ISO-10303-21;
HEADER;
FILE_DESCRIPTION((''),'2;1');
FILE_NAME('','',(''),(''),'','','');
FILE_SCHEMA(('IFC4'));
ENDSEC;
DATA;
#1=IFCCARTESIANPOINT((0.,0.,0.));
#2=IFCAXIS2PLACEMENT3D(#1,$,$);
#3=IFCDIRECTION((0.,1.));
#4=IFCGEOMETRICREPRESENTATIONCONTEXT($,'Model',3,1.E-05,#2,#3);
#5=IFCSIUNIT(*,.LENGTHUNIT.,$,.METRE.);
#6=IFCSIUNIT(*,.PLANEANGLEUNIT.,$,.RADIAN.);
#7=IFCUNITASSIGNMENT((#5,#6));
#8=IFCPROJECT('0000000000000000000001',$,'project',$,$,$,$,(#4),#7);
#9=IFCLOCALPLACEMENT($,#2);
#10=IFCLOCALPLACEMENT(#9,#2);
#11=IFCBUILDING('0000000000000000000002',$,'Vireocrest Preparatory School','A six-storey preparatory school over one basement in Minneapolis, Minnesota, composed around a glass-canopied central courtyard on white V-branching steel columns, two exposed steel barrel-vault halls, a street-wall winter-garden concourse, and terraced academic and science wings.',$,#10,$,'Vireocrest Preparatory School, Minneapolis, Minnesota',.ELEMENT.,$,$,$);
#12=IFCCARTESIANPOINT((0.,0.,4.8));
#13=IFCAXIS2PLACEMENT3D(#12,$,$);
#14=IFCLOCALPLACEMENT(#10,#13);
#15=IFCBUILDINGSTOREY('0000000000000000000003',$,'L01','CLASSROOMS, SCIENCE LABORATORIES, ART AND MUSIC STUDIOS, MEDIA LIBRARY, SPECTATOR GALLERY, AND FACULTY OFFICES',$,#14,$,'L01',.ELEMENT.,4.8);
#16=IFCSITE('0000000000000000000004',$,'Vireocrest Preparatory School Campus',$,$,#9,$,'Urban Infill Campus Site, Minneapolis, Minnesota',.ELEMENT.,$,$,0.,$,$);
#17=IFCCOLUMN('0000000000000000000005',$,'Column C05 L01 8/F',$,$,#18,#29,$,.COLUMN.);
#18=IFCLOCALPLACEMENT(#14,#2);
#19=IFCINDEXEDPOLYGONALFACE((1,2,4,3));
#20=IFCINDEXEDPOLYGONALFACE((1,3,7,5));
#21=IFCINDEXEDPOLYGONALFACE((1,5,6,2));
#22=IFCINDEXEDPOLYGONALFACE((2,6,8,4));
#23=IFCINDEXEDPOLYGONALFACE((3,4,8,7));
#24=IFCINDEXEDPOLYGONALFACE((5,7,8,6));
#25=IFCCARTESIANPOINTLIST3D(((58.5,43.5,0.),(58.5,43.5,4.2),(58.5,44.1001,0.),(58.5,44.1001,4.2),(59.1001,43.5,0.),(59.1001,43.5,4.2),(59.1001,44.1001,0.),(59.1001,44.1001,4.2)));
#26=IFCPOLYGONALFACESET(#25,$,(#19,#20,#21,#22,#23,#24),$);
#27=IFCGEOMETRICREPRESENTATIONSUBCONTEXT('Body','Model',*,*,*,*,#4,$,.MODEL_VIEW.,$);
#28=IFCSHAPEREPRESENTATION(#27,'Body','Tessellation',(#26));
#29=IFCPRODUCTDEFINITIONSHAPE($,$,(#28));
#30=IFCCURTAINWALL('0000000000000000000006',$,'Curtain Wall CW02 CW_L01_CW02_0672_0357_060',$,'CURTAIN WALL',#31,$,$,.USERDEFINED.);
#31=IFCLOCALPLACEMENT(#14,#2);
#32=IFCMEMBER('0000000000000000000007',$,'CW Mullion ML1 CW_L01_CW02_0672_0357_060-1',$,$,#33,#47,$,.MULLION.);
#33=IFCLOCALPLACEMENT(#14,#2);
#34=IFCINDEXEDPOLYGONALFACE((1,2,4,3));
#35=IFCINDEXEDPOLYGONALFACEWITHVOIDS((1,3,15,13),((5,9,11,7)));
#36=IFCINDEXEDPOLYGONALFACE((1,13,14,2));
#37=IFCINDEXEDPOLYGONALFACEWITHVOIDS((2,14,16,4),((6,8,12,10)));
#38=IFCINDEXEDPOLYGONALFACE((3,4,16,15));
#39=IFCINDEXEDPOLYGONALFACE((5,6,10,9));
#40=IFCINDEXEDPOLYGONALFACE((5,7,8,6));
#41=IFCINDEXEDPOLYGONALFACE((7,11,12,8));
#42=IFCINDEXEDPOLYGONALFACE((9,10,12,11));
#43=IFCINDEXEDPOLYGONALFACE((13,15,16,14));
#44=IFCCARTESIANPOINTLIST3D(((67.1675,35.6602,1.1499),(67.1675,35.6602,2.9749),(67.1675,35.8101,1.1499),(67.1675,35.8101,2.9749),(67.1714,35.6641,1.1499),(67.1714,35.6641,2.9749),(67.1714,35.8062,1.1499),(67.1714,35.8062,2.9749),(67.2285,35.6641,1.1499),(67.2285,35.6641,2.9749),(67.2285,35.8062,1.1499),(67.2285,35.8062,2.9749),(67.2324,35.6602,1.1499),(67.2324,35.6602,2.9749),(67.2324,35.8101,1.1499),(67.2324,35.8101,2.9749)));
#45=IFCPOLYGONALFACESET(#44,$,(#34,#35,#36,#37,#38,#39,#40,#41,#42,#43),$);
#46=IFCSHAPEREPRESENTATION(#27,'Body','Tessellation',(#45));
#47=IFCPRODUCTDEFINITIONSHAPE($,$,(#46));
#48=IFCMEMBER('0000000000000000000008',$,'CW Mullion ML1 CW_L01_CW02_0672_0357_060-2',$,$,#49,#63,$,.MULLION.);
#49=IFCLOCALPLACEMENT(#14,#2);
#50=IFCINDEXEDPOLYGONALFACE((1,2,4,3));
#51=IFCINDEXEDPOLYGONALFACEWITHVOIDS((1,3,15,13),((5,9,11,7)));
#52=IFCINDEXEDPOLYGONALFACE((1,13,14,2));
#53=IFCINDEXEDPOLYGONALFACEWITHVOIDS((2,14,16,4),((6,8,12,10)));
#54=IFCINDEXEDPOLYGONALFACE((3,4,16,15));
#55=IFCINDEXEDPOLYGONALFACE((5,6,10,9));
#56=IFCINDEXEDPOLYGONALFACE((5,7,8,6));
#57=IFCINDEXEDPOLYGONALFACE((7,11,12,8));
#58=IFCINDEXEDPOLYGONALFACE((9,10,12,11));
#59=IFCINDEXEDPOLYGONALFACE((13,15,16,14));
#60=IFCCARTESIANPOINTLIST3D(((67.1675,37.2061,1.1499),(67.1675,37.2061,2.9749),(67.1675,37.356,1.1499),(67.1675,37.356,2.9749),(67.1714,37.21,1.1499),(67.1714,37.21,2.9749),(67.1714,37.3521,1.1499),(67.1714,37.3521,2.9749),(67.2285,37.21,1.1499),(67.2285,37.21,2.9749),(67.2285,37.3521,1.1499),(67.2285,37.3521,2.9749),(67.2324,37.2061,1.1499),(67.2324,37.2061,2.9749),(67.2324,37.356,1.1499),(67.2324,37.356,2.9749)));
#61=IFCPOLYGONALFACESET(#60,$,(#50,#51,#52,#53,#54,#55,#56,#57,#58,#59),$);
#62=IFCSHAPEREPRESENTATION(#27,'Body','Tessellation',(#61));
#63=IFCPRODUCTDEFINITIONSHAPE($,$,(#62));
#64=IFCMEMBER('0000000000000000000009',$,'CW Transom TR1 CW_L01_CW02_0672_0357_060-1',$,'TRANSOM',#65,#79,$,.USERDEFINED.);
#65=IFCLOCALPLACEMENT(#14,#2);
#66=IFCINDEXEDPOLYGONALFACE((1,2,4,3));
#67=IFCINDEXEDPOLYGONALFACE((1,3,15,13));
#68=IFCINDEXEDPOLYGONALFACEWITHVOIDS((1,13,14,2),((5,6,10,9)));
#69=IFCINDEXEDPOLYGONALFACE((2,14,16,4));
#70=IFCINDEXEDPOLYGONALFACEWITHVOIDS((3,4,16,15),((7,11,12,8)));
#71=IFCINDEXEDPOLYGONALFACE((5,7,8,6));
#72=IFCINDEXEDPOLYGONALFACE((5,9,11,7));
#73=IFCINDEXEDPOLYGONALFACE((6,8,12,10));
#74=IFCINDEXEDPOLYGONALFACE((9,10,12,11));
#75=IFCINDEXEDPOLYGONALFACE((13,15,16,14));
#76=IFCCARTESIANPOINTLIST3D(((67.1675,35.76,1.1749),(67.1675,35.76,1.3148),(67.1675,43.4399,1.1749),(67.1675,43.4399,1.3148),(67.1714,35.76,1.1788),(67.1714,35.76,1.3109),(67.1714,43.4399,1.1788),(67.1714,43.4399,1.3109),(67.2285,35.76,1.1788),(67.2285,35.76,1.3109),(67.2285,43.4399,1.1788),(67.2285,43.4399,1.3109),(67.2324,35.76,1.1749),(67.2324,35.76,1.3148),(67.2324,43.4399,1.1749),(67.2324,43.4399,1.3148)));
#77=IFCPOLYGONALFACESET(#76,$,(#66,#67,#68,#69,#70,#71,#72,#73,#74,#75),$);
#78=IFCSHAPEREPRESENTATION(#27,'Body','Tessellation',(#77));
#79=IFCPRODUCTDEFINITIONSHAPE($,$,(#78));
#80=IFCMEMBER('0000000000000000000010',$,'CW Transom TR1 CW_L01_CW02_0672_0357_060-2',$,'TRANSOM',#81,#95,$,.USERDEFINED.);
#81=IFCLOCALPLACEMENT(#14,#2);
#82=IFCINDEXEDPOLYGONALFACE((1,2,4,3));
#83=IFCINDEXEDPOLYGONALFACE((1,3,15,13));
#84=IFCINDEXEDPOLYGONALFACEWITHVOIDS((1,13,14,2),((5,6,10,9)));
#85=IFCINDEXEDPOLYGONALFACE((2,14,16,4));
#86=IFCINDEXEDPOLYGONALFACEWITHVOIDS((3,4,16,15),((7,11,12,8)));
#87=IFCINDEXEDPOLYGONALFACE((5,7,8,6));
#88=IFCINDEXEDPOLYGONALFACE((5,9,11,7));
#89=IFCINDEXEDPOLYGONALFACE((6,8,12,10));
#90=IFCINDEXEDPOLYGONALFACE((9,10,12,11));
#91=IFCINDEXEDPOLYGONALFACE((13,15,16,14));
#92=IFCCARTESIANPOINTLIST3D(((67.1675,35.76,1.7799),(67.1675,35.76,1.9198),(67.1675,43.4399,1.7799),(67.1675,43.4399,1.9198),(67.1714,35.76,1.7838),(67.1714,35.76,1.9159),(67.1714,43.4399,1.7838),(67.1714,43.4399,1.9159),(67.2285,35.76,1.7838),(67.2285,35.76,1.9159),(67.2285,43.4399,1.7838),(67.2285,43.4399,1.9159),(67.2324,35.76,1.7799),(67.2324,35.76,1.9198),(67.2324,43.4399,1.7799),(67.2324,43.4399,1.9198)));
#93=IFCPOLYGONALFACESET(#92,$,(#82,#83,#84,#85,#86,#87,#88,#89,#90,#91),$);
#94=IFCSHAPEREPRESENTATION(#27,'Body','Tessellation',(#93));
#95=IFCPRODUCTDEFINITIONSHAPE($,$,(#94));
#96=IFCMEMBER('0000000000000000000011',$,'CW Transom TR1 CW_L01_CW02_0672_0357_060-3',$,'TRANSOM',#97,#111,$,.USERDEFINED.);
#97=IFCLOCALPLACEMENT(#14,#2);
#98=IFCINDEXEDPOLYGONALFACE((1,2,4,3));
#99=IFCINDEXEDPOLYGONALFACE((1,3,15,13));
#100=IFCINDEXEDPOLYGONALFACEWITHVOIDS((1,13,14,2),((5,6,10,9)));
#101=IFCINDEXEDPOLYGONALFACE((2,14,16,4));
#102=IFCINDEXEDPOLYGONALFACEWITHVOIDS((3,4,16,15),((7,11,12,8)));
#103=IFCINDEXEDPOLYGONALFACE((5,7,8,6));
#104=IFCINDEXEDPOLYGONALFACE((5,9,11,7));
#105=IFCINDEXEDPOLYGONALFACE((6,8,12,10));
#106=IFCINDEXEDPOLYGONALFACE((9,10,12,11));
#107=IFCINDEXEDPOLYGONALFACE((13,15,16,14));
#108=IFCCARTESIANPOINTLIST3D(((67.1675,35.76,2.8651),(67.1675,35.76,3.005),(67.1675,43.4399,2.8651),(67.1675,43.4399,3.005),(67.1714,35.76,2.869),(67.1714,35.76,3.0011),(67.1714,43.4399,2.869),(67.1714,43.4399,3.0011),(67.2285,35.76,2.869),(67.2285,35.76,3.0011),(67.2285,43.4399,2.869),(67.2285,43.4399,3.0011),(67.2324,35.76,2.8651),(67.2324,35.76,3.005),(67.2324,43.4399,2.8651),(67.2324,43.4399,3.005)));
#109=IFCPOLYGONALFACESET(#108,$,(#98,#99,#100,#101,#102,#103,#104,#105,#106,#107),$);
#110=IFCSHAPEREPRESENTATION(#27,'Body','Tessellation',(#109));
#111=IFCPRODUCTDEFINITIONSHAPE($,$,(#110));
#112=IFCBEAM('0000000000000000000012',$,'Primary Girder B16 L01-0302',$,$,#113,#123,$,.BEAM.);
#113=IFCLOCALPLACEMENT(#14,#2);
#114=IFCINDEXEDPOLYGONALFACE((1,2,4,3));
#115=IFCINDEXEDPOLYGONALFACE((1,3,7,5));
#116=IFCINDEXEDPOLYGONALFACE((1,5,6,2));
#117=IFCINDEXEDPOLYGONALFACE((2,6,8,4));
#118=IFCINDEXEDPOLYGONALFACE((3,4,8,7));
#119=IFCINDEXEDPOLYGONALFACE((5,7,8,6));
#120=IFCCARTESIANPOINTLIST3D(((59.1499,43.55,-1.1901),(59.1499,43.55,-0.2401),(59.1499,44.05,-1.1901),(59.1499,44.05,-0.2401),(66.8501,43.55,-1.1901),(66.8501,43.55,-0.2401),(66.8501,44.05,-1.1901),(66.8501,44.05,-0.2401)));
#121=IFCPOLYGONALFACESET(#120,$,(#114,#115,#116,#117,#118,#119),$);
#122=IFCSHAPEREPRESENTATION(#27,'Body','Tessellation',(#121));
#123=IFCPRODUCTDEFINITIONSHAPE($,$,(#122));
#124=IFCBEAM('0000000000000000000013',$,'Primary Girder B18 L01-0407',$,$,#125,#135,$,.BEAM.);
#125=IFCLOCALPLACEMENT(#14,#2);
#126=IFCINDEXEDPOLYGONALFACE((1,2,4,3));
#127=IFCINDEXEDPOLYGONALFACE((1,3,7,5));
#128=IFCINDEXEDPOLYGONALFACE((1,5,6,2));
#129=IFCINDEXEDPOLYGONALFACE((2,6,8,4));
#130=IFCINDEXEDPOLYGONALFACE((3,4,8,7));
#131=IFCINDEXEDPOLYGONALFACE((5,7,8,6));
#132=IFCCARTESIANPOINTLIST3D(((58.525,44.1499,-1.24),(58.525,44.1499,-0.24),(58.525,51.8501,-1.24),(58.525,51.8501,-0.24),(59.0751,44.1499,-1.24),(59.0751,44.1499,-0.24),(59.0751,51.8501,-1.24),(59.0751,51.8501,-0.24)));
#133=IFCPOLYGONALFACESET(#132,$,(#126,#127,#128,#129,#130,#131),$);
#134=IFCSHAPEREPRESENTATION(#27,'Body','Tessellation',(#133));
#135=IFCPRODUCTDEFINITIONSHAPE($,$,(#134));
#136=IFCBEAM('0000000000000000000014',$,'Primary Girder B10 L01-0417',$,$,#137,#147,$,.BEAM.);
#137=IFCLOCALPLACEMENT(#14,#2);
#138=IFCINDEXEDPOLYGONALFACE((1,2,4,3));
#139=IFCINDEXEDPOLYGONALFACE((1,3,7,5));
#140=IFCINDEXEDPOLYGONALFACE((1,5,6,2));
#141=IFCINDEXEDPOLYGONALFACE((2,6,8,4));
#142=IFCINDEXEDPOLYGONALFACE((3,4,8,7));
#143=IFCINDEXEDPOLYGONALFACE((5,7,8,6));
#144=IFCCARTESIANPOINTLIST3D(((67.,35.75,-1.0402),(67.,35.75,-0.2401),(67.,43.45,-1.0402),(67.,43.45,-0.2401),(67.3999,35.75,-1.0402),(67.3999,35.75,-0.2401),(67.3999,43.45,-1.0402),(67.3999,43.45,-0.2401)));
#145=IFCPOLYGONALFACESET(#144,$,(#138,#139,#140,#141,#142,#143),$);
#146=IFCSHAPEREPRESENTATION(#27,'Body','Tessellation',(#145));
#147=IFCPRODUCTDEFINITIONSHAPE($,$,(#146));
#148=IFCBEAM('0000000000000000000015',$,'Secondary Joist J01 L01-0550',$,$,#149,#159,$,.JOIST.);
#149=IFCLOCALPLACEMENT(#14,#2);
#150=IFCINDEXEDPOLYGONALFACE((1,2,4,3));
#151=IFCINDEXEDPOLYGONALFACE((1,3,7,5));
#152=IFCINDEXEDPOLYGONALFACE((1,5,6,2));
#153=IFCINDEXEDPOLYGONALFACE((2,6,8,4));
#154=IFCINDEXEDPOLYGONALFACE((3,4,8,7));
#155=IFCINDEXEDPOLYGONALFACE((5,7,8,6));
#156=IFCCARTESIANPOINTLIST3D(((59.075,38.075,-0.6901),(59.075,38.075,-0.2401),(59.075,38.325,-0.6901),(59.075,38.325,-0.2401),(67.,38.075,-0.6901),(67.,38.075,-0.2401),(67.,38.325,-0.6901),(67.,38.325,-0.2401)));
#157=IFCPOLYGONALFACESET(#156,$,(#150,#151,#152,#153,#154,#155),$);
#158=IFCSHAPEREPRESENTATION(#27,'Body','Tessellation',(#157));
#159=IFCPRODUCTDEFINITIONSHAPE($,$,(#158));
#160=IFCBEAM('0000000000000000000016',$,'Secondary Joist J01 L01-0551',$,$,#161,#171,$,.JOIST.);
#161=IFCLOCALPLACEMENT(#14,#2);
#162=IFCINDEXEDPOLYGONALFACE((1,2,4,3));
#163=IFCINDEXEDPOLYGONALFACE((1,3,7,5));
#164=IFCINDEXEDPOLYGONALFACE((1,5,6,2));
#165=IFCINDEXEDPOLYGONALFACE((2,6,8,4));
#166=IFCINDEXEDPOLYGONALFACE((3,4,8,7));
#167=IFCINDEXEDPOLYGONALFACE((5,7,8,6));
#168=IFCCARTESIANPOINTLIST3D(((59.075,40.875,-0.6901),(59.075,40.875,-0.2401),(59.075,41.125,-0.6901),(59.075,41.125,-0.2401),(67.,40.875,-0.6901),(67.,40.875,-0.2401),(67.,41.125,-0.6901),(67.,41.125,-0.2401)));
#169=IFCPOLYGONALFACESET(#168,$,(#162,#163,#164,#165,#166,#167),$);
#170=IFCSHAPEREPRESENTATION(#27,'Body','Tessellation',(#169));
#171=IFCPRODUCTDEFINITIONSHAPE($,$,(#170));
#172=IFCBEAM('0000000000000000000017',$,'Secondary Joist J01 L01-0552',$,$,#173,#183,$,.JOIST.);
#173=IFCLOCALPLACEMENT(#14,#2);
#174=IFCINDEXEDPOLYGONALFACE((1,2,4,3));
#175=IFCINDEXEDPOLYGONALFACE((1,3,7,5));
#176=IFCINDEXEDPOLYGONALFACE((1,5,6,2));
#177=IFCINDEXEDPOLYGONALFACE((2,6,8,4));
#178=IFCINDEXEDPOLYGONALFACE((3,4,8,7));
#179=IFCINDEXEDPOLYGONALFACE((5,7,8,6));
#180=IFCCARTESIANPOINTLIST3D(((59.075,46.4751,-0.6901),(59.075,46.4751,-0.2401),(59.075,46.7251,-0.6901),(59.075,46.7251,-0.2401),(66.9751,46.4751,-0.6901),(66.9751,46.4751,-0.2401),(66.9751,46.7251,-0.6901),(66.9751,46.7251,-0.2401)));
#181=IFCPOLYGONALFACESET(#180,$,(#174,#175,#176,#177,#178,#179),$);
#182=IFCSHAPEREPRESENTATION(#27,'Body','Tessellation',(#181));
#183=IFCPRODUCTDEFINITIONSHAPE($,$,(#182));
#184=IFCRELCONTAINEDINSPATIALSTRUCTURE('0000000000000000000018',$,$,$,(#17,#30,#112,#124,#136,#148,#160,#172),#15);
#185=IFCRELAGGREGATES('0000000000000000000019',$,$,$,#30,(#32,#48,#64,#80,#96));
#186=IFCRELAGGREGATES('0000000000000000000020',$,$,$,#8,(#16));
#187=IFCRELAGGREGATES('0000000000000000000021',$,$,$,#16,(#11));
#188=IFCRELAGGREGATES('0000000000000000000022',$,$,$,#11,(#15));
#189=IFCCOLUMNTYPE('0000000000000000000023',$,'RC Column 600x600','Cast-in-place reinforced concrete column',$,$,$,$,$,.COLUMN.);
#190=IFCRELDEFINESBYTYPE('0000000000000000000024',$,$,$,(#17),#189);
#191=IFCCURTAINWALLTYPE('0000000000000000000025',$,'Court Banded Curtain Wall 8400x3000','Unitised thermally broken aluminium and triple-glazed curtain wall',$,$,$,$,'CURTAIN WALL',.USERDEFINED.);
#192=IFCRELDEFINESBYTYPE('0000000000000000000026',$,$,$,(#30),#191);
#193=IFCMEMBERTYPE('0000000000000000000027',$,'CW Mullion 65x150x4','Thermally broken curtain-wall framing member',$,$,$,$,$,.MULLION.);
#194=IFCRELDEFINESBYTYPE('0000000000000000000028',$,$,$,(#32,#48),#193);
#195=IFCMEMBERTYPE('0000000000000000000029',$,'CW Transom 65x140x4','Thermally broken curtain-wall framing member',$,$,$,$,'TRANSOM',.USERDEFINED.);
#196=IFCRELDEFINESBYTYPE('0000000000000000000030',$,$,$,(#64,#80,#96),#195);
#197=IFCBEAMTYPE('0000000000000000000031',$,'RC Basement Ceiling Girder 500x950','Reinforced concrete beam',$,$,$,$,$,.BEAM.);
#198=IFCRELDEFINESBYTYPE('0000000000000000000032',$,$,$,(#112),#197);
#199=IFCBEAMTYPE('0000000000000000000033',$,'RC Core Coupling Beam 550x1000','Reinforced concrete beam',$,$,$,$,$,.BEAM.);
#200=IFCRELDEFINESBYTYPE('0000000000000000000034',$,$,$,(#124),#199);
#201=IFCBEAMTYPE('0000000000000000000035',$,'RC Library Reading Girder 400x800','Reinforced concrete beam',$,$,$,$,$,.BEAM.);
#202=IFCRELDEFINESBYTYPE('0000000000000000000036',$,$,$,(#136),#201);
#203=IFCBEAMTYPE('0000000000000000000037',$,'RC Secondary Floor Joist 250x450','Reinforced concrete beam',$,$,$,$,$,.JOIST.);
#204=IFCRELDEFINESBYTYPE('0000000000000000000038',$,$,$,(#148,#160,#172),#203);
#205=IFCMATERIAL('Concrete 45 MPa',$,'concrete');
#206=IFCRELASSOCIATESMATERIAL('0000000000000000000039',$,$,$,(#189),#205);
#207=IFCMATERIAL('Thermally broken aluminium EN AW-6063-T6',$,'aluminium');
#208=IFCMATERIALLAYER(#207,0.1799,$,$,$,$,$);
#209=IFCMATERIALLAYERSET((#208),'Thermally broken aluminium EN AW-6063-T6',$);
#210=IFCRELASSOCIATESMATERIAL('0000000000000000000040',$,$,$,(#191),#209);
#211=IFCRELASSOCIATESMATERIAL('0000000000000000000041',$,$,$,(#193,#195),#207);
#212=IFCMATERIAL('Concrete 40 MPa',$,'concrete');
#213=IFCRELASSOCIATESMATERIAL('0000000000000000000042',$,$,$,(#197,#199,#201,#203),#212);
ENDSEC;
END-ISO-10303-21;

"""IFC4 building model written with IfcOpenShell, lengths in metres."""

from ifc_helpers import new_model, si_unit, direction, frame, origin, origin_2d, place, context, subcontext, project, spatial, rectangle, hollow_rectangle, extrude, material, layer, layer_set, material_profile, profile_set, type_object, element, aggregate, save


model = new_model("IFC4")

# Units and contexts
model_context = context("Model", 3, precision=1e-05, world=origin(), true_north=direction((0.0, 1.0)))
body_context = subcontext(model_context, "Body", "Model", "MODEL_VIEW")
ifc_project = project(units=[si_unit("LENGTHUNIT", "METRE"), si_unit("PLANEANGLEUNIT", "RADIAN")], contexts=[model_context])

# Site, building, storey
site_placement = place(None, origin())
site = spatial("IfcSite", under=ifc_project, at=site_placement, Name="Vireocrest Preparatory School Campus", LongName="Urban Infill Campus Site, Minneapolis, Minnesota", CompositionType="ELEMENT", RefElevation=0.0)
building_placement = place(site_placement, origin())
building = spatial("IfcBuilding", under=site, at=building_placement, Name="Vireocrest Preparatory School", Description="A six-storey preparatory school over one basement in Minneapolis, Minnesota, composed around a glass-canopied central courtyard on white V-branching steel columns, two exposed steel barrel-vault halls, a street-wall winter-garden concourse, and terraced academic and science wings.", LongName="Vireocrest Preparatory School, Minneapolis, Minnesota", CompositionType="ELEMENT")
storey_placement = place(building_placement, frame((0.0, 0.0, 4.8)))
storey = spatial("IfcBuildingStorey", under=building, at=storey_placement, Name="L01", Description="CLASSROOMS, SCIENCE LABORATORIES, ART AND MUSIC STUDIOS, MEDIA LIBRARY, SPECTATOR GALLERY, AND FACULTY OFFICES", LongName="L01", CompositionType="ELEMENT", Elevation=4.8)

# Column
ifc_material_1 = material(Name="Concrete 45 MPa", Category="concrete")
ifc_material_profile_1 = material_profile(ifc_material_1, rectangle(XDim=0.6001, YDim=0.6001, at=origin_2d()), Name="RC 600x600")
ifc_profile_set_1 = profile_set([ifc_material_profile_1], Name="Concrete 45 MPa")
column_type = type_object("IfcColumnType", Name="RC Column 600x600", Description="Cast-in-place reinforced concrete column", PredefinedType="COLUMN", material=ifc_profile_set_1)
column_placement = place(storey_placement, frame((58.8, 43.8, 0.0), z_axis=(0.0, 0.0, 1.0), x_axis=(1.0, 0.0, 0.0)))
element("IfcColumn", 1, at=column_placement, inside=storey, type_object=column_type, Name="Column C05 L01 8/F", PredefinedType="COLUMN", context=body_context, shape_type="SweptSolid", body=[
    extrude(rectangle(XDim=0.6001, YDim=0.6001, at=origin_2d()), origin(), (0.0, 0.0, 1.0), 4.2),
])

# Curtain wall, members
ifc_material_2 = material(Name="Thermally broken aluminium EN AW-6063-T6", Category="aluminium")
ifc_layer_1 = layer(ifc_material_2, 0.1799)
ifc_layer_set_1 = layer_set([ifc_layer_1], Name="Thermally broken aluminium EN AW-6063-T6")
curtain_wall_type = type_object("IfcCurtainWallType", Name="Court Banded Curtain Wall 8400x3000", Description="Unitised thermally broken aluminium and triple-glazed curtain wall", ElementType="CURTAIN WALL", PredefinedType="USERDEFINED", material=ifc_layer_set_1)
curtain_wall_placement = place(storey_placement, origin())
curtain_wall = element("IfcCurtainWall", 2, at=curtain_wall_placement, inside=storey, type_object=curtain_wall_type, Name="Curtain Wall CW02 CW_L01_CW02_0672_0357_060", ObjectType="CURTAIN WALL", PredefinedType="USERDEFINED")
ifc_material_profile_2 = material_profile(ifc_material_2, hollow_rectangle(XDim=0.0649, YDim=0.1499, WallThickness=0.0039, at=origin_2d()), Name="ALU 65x150x4")
ifc_profile_set_2 = profile_set([ifc_material_profile_2], Name="Thermally broken aluminium EN AW-6063-T6")
member_type_1 = type_object("IfcMemberType", Name="CW Mullion 65x150x4", Description="Thermally broken curtain-wall framing member", PredefinedType="MULLION", material=ifc_profile_set_2)
member_1_placement = place(storey_placement, frame((67.2, 35.7351, 1.1499), z_axis=(0.0, 0.0, 1.0), x_axis=(1.0, 0.0, 0.0)))
member_1 = element("IfcMember", 3, at=member_1_placement, type_object=member_type_1, Name="CW Mullion ML1 CW_L01_CW02_0672_0357_060-1", PredefinedType="MULLION", context=body_context, shape_type="SweptSolid", body=[
    extrude(hollow_rectangle(XDim=0.0649, YDim=0.1499, WallThickness=0.0039, at=origin_2d()), origin(), (0.0, 0.0, 1.0), 1.825),
])
member_2_placement = place(storey_placement, frame((67.2, 37.281, 1.1499), z_axis=(0.0, 0.0, 1.0), x_axis=(1.0, 0.0, 0.0)))
member_2 = element("IfcMember", 4, at=member_2_placement, type_object=member_type_1, Name="CW Mullion ML1 CW_L01_CW02_0672_0357_060-2", PredefinedType="MULLION", context=body_context, shape_type="SweptSolid", body=[
    extrude(hollow_rectangle(XDim=0.0649, YDim=0.1499, WallThickness=0.0039, at=origin_2d()), origin(), (0.0, 0.0, 1.0), 1.825),
])
ifc_material_profile_3 = material_profile(ifc_material_2, hollow_rectangle(XDim=0.0649, YDim=0.1399, WallThickness=0.0039, at=origin_2d()), Name="ALU 65x140x4")
ifc_profile_set_3 = profile_set([ifc_material_profile_3], Name="Thermally broken aluminium EN AW-6063-T6")
member_type_2 = type_object("IfcMemberType", Name="CW Transom 65x140x4", Description="Thermally broken curtain-wall framing member", ElementType="TRANSOM", PredefinedType="USERDEFINED", material=ifc_profile_set_3)
member_3_placement = place(storey_placement, frame((67.2, 35.76, 1.2449), z_axis=(0.0, 1.0, 0.0), x_axis=(-1.0, 0.0, 0.0)))
member_3 = element("IfcMember", 5, at=member_3_placement, type_object=member_type_2, Name="CW Transom TR1 CW_L01_CW02_0672_0357_060-1", ObjectType="TRANSOM", PredefinedType="USERDEFINED", context=body_context, shape_type="SweptSolid", body=[
    extrude(hollow_rectangle(XDim=0.0649, YDim=0.1399, WallThickness=0.0039, at=origin_2d()), origin(), (0.0, 0.0, 1.0), 7.6799),
])
member_4_placement = place(storey_placement, frame((67.2, 35.76, 1.8499), z_axis=(0.0, 1.0, 0.0), x_axis=(-1.0, 0.0, 0.0)))
member_4 = element("IfcMember", 6, at=member_4_placement, type_object=member_type_2, Name="CW Transom TR1 CW_L01_CW02_0672_0357_060-2", ObjectType="TRANSOM", PredefinedType="USERDEFINED", context=body_context, shape_type="SweptSolid", body=[
    extrude(hollow_rectangle(XDim=0.0649, YDim=0.1399, WallThickness=0.0039, at=origin_2d()), origin(), (0.0, 0.0, 1.0), 7.6799),
])
member_5_placement = place(storey_placement, frame((67.2, 35.76, 2.9351), z_axis=(0.0, 1.0, 0.0), x_axis=(-1.0, 0.0, 0.0)))
member_5 = element("IfcMember", 7, at=member_5_placement, type_object=member_type_2, Name="CW Transom TR1 CW_L01_CW02_0672_0357_060-3", ObjectType="TRANSOM", PredefinedType="USERDEFINED", context=body_context, shape_type="SweptSolid", body=[
    extrude(hollow_rectangle(XDim=0.0649, YDim=0.1399, WallThickness=0.0039, at=origin_2d()), origin(), (0.0, 0.0, 1.0), 7.6799),
])

# Beams
ifc_material_3 = material(Name="Concrete 40 MPa", Category="concrete")
ifc_material_profile_4 = material_profile(ifc_material_3, rectangle(XDim=0.5, YDim=0.95, at=origin_2d()), Name="RC 500x950")
ifc_profile_set_4 = profile_set([ifc_material_profile_4], Name="Concrete 40 MPa")
beam_type_1 = type_object("IfcBeamType", Name="RC Basement Ceiling Girder 500x950", Description="Reinforced concrete beam", PredefinedType="BEAM", material=ifc_profile_set_4)
beam_1_placement = place(storey_placement, frame((59.1499, 43.8, -0.7151), z_axis=(1.0, 0.0, 0.0), x_axis=(0.0, 1.0, 0.0)))
element("IfcBeam", 8, at=beam_1_placement, inside=storey, type_object=beam_type_1, Name="Primary Girder B16 L01-0302", PredefinedType="BEAM", context=body_context, shape_type="SweptSolid", body=[
    extrude(rectangle(XDim=0.5, YDim=0.95, at=origin_2d()), origin(), (0.0, 0.0, 1.0), 7.7002),
])
ifc_material_profile_5 = material_profile(ifc_material_3, rectangle(XDim=0.55, YDim=1.0, at=origin_2d()), Name="RC 550x1000")
ifc_profile_set_5 = profile_set([ifc_material_profile_5], Name="Concrete 40 MPa")
beam_type_2 = type_object("IfcBeamType", Name="RC Core Coupling Beam 550x1000", Description="Reinforced concrete beam", PredefinedType="BEAM", material=ifc_profile_set_5)
beam_2_placement = place(storey_placement, frame((58.8, 44.1499, -0.74), z_axis=(0.0, 1.0, 0.0), x_axis=(-1.0, 0.0, 0.0)))
element("IfcBeam", 9, at=beam_2_placement, inside=storey, type_object=beam_type_2, Name="Primary Girder B18 L01-0407", PredefinedType="BEAM", context=body_context, shape_type="SweptSolid", body=[
    extrude(rectangle(XDim=0.55, YDim=1.0, at=origin_2d()), origin(), (0.0, 0.0, 1.0), 7.7002),
])
ifc_material_profile_6 = material_profile(ifc_material_3, rectangle(XDim=0.3999, YDim=0.8, at=origin_2d()), Name="RC 400x800")
ifc_profile_set_6 = profile_set([ifc_material_profile_6], Name="Concrete 40 MPa")
beam_type_3 = type_object("IfcBeamType", Name="RC Library Reading Girder 400x800", Description="Reinforced concrete beam", PredefinedType="BEAM", material=ifc_profile_set_6)
beam_3_placement = place(storey_placement, frame((67.2, 35.75, -0.6401), z_axis=(0.0, 1.0, 0.0), x_axis=(-1.0, 0.0, 0.0)))
element("IfcBeam", 10, at=beam_3_placement, inside=storey, type_object=beam_type_3, Name="Primary Girder B10 L01-0417", PredefinedType="BEAM", context=body_context, shape_type="SweptSolid", body=[
    extrude(rectangle(XDim=0.3999, YDim=0.8, at=origin_2d()), origin(), (0.0, 0.0, 1.0), 7.7),
])
ifc_material_profile_7 = material_profile(ifc_material_3, rectangle(XDim=0.25, YDim=0.45, at=origin_2d()), Name="RC 250x450")
ifc_profile_set_7 = profile_set([ifc_material_profile_7], Name="Concrete 40 MPa")
beam_type_4 = type_object("IfcBeamType", Name="RC Secondary Floor Joist 250x450", Description="Reinforced concrete beam", PredefinedType="JOIST", material=ifc_profile_set_7)
for number, where, z_axis, x_axis, name in (
    (11, (59.075, 38.2, -0.4651), (1.0, 0.0, 0.0), (0.0, 1.0, 0.0), "Secondary Joist J01 L01-0550"),
    (12, (59.075, 41.0, -0.4651), (1.0, 0.0, 0.0), (0.0, 1.0, 0.0), "Secondary Joist J01 L01-0551"),
):
    element("IfcBeam", number, at=place(storey_placement, frame(where, z_axis=z_axis, x_axis=x_axis)), inside=storey, type_object=beam_type_4, Name=name, PredefinedType="JOIST", context=body_context, shape_type="SweptSolid", body=[
        extrude(rectangle(XDim=0.25, YDim=0.45, at=origin_2d()), origin(), (0.0, 0.0, 1.0), 7.925),
    ])
for number, where, z_axis, x_axis, name in (
    (13, (59.075, 46.6001, -0.4651), (1.0, 0.0, 0.0), (0.0, 1.0, 0.0), "Secondary Joist J01 L01-0552"),
):
    element("IfcBeam", number, at=place(storey_placement, frame(where, z_axis=z_axis, x_axis=x_axis)), inside=storey, type_object=beam_type_4, Name=name, PredefinedType="JOIST", context=body_context, shape_type="SweptSolid", body=[
        extrude(rectangle(XDim=0.25, YDim=0.45, at=origin_2d()), origin(), (0.0, 0.0, 1.0), 7.9001),
    ])

aggregate(curtain_wall, [member_1, member_2, member_3, member_4, member_5])

save(model, "model.ifc")
